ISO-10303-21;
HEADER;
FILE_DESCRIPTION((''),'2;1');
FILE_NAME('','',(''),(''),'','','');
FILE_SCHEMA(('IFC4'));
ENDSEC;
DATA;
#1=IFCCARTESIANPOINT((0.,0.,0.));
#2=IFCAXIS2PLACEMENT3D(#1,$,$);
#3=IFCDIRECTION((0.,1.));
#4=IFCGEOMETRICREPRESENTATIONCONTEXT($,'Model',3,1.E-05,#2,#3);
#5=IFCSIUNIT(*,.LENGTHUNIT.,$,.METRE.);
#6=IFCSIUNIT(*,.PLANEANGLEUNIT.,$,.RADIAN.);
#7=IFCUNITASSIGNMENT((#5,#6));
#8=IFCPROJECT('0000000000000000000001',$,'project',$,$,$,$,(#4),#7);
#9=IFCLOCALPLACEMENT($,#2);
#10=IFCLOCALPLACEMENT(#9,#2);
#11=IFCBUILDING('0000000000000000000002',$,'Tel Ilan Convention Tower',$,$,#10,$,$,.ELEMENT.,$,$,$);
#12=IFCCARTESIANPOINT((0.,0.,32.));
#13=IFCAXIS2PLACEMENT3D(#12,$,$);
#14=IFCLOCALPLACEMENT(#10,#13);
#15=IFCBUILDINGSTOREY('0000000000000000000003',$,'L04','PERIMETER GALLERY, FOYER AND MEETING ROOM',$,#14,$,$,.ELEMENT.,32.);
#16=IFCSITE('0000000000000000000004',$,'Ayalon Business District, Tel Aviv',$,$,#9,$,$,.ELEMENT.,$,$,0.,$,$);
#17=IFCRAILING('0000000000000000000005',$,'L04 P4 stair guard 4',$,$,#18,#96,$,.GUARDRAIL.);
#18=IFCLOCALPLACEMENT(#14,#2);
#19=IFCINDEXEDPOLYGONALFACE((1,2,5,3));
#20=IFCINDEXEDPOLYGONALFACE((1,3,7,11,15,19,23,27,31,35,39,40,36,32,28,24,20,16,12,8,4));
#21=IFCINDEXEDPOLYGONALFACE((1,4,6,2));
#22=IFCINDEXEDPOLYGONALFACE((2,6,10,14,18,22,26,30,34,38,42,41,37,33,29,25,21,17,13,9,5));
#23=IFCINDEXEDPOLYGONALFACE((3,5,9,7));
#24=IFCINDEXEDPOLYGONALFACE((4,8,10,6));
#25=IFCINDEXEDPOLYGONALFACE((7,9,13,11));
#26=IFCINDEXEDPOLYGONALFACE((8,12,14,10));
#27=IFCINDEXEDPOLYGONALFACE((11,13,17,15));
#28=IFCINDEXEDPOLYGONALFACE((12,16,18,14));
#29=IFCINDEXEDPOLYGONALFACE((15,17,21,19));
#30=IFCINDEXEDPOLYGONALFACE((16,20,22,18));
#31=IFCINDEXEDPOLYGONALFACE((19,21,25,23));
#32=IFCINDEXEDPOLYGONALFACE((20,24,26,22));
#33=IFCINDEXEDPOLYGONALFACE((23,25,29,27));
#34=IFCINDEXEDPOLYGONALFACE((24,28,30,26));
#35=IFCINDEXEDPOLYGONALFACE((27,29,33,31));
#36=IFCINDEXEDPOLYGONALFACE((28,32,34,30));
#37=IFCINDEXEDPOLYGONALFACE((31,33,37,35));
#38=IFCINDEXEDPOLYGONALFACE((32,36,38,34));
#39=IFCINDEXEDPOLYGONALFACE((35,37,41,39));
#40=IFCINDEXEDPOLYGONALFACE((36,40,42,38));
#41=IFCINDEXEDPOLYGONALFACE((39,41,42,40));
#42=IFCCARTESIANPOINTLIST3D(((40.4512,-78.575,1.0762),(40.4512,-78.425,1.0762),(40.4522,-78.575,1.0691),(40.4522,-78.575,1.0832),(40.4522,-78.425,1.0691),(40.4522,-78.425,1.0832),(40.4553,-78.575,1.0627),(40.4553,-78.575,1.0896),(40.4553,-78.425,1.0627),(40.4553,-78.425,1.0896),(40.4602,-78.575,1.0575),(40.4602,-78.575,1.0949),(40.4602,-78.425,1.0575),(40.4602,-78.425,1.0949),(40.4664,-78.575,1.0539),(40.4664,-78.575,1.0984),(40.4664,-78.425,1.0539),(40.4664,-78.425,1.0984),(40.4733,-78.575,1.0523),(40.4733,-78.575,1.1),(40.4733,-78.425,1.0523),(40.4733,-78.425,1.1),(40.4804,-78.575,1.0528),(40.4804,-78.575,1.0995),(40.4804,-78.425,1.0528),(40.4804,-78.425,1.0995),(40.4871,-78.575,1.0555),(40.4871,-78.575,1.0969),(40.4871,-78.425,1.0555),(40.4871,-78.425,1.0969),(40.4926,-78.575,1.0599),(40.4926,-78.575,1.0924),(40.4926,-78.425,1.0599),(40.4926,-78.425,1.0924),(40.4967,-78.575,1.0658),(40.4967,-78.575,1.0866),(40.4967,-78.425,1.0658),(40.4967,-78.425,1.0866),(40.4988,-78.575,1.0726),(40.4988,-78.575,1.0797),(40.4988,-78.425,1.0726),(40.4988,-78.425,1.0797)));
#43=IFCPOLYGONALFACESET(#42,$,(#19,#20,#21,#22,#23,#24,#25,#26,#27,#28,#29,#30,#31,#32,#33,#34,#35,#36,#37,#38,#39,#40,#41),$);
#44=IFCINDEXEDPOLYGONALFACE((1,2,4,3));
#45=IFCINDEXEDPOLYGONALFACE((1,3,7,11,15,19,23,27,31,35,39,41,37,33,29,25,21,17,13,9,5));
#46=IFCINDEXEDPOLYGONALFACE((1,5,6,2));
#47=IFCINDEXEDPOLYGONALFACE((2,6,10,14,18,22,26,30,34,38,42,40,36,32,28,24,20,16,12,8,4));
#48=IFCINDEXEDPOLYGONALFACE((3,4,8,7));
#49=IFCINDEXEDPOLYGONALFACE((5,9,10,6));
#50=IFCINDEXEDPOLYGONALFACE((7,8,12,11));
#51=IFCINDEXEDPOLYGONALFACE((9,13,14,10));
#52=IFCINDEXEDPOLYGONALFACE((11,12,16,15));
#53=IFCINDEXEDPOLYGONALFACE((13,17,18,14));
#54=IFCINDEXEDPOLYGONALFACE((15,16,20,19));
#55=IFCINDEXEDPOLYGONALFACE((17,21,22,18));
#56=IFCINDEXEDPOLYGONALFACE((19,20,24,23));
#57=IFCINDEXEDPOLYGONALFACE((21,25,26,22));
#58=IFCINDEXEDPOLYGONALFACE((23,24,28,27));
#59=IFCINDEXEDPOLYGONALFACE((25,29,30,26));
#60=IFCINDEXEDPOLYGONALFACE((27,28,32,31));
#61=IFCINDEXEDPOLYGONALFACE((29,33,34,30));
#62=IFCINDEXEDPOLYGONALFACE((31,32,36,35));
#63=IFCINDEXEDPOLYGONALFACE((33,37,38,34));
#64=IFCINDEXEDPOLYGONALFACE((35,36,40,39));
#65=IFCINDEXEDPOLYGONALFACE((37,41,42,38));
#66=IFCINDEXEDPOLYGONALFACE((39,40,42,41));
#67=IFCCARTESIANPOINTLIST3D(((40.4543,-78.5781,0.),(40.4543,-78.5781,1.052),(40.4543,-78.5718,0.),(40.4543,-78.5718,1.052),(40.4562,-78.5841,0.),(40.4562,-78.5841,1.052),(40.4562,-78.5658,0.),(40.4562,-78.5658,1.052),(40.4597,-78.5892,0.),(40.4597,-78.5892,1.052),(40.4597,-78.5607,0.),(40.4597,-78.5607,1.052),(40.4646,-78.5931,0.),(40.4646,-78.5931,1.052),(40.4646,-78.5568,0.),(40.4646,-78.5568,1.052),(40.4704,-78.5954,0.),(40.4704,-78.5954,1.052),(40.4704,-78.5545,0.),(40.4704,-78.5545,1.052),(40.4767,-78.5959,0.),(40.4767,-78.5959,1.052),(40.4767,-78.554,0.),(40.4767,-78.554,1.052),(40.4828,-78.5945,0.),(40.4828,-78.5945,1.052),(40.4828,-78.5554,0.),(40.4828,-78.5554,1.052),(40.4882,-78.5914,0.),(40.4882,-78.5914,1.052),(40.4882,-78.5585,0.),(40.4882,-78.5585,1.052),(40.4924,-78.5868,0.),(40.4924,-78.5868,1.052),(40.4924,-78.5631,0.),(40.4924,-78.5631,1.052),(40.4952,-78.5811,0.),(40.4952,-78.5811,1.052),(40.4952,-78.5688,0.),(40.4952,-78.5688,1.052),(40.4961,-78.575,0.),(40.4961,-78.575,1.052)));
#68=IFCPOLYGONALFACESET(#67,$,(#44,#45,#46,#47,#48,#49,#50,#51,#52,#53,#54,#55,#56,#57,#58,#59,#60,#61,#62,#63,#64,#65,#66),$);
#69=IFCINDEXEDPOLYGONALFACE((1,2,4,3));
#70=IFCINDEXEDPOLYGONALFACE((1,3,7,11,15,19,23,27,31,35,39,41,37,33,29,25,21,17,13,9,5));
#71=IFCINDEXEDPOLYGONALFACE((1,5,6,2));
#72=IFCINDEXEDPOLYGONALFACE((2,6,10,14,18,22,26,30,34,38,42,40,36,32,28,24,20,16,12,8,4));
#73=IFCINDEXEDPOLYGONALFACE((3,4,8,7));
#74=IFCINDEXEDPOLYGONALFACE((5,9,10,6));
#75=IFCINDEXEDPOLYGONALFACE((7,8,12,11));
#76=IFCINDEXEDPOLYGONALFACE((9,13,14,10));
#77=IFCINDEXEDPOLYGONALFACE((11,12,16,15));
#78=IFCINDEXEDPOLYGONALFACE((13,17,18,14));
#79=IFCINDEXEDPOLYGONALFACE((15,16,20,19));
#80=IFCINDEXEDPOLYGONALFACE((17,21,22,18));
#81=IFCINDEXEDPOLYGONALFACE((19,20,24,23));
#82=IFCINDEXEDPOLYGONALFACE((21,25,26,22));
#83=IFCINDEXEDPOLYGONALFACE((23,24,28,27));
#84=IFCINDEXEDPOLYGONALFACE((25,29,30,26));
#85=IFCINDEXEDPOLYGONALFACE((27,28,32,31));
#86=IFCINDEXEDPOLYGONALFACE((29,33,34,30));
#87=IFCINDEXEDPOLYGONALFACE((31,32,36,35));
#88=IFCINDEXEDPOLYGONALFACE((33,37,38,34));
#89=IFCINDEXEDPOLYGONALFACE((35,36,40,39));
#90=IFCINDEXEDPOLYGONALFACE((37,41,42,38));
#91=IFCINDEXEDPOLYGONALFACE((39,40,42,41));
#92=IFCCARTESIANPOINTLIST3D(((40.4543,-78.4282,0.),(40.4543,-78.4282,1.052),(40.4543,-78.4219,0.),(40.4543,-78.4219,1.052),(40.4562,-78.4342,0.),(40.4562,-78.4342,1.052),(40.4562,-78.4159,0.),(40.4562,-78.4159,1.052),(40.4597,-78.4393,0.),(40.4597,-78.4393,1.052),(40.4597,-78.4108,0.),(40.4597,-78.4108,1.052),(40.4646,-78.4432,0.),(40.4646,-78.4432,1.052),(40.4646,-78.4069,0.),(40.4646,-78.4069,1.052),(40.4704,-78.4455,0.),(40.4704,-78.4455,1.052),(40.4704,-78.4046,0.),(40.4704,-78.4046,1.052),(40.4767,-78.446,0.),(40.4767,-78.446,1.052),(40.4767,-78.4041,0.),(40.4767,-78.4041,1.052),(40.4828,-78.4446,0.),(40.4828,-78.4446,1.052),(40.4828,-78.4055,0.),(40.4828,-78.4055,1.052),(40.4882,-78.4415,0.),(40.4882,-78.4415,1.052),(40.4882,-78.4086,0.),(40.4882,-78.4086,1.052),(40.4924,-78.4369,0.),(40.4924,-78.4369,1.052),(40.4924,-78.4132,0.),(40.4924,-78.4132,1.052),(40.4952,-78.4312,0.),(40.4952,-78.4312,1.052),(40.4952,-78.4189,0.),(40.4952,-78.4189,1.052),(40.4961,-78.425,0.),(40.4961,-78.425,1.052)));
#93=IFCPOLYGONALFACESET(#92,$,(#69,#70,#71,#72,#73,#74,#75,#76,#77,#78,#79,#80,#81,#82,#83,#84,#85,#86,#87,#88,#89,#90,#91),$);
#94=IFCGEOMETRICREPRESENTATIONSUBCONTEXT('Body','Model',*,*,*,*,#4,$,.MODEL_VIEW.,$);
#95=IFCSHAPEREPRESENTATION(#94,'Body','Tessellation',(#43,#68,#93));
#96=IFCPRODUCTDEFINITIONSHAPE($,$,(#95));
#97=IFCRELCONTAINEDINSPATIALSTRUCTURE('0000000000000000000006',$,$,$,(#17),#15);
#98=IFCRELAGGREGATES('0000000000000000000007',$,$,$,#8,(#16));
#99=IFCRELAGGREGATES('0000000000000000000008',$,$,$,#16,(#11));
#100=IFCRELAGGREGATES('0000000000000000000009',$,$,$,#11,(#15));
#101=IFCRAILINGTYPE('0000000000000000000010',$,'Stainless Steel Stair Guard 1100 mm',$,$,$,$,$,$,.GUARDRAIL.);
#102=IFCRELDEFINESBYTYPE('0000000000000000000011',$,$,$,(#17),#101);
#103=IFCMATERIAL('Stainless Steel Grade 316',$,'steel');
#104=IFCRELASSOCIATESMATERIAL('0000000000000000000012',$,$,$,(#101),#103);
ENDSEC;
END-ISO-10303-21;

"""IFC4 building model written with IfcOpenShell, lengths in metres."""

from ifc_helpers import new_model, si_unit, direction, frame, origin, origin_2d, place, context, subcontext, project, spatial, circle, extrude, material, type_object, element, save


model = new_model("IFC4")

# Units and contexts
model_context = context("Model", 3, precision=1e-05, world=origin(), true_north=direction((0.0, 1.0)))
body_context = subcontext(model_context, "Body", "Model", "MODEL_VIEW")
ifc_project = project(units=[si_unit("LENGTHUNIT", "METRE"), si_unit("PLANEANGLEUNIT", "RADIAN")], contexts=[model_context])

# Site, building, storey
site_placement = place(None, origin())
site = spatial("IfcSite", under=ifc_project, at=site_placement, Name="Ayalon Business District, Tel Aviv", CompositionType="ELEMENT", RefElevation=0.0)
building_placement = place(site_placement, origin())
building = spatial("IfcBuilding", under=site, at=building_placement, Name="Tel Ilan Convention Tower", CompositionType="ELEMENT")
storey_placement = place(building_placement, frame((0.0, 0.0, 32.0)))
storey = spatial("IfcBuildingStorey", under=building, at=storey_placement, Name="L04", Description="PERIMETER GALLERY, FOYER AND MEETING ROOM", CompositionType="ELEMENT", Elevation=32.0)

# Railing
ifc_material_1 = material(Name="Stainless Steel Grade 316", Category="steel")
railing_type_1 = type_object("IfcRailingType", Name="Stainless Steel Stair Guard 1100 mm", PredefinedType="GUARDRAIL", material=ifc_material_1)
railing_1_placement = place(storey_placement, frame((40.4751, -78.575, 0.0)))
element("IfcRailing", 1, at=railing_1_placement, inside=storey, type_object=railing_type_1, Name="L04 P4 stair guard 4", PredefinedType="GUARDRAIL", context=body_context, shape_type="SweptSolid", body=[
    extrude(circle(Radius=0.0239, at=origin_2d()), frame((0.0, 0.0, 1.0762), z_axis=(0.0, 1.0, 0.0), x_axis=(-1.0, 0.0, 0.0)), (0.0, 0.0, 1.0), 0.1499),
    extrude(circle(Radius=0.021, at=origin_2d()), origin(), (0.0, 0.0, 1.0), 1.052),
    extrude(circle(Radius=0.021, at=origin_2d()), frame((0.0, 0.1499, 0.0)), (0.0, 0.0, 1.0), 1.052),
])

save(model, "model.ifc")
